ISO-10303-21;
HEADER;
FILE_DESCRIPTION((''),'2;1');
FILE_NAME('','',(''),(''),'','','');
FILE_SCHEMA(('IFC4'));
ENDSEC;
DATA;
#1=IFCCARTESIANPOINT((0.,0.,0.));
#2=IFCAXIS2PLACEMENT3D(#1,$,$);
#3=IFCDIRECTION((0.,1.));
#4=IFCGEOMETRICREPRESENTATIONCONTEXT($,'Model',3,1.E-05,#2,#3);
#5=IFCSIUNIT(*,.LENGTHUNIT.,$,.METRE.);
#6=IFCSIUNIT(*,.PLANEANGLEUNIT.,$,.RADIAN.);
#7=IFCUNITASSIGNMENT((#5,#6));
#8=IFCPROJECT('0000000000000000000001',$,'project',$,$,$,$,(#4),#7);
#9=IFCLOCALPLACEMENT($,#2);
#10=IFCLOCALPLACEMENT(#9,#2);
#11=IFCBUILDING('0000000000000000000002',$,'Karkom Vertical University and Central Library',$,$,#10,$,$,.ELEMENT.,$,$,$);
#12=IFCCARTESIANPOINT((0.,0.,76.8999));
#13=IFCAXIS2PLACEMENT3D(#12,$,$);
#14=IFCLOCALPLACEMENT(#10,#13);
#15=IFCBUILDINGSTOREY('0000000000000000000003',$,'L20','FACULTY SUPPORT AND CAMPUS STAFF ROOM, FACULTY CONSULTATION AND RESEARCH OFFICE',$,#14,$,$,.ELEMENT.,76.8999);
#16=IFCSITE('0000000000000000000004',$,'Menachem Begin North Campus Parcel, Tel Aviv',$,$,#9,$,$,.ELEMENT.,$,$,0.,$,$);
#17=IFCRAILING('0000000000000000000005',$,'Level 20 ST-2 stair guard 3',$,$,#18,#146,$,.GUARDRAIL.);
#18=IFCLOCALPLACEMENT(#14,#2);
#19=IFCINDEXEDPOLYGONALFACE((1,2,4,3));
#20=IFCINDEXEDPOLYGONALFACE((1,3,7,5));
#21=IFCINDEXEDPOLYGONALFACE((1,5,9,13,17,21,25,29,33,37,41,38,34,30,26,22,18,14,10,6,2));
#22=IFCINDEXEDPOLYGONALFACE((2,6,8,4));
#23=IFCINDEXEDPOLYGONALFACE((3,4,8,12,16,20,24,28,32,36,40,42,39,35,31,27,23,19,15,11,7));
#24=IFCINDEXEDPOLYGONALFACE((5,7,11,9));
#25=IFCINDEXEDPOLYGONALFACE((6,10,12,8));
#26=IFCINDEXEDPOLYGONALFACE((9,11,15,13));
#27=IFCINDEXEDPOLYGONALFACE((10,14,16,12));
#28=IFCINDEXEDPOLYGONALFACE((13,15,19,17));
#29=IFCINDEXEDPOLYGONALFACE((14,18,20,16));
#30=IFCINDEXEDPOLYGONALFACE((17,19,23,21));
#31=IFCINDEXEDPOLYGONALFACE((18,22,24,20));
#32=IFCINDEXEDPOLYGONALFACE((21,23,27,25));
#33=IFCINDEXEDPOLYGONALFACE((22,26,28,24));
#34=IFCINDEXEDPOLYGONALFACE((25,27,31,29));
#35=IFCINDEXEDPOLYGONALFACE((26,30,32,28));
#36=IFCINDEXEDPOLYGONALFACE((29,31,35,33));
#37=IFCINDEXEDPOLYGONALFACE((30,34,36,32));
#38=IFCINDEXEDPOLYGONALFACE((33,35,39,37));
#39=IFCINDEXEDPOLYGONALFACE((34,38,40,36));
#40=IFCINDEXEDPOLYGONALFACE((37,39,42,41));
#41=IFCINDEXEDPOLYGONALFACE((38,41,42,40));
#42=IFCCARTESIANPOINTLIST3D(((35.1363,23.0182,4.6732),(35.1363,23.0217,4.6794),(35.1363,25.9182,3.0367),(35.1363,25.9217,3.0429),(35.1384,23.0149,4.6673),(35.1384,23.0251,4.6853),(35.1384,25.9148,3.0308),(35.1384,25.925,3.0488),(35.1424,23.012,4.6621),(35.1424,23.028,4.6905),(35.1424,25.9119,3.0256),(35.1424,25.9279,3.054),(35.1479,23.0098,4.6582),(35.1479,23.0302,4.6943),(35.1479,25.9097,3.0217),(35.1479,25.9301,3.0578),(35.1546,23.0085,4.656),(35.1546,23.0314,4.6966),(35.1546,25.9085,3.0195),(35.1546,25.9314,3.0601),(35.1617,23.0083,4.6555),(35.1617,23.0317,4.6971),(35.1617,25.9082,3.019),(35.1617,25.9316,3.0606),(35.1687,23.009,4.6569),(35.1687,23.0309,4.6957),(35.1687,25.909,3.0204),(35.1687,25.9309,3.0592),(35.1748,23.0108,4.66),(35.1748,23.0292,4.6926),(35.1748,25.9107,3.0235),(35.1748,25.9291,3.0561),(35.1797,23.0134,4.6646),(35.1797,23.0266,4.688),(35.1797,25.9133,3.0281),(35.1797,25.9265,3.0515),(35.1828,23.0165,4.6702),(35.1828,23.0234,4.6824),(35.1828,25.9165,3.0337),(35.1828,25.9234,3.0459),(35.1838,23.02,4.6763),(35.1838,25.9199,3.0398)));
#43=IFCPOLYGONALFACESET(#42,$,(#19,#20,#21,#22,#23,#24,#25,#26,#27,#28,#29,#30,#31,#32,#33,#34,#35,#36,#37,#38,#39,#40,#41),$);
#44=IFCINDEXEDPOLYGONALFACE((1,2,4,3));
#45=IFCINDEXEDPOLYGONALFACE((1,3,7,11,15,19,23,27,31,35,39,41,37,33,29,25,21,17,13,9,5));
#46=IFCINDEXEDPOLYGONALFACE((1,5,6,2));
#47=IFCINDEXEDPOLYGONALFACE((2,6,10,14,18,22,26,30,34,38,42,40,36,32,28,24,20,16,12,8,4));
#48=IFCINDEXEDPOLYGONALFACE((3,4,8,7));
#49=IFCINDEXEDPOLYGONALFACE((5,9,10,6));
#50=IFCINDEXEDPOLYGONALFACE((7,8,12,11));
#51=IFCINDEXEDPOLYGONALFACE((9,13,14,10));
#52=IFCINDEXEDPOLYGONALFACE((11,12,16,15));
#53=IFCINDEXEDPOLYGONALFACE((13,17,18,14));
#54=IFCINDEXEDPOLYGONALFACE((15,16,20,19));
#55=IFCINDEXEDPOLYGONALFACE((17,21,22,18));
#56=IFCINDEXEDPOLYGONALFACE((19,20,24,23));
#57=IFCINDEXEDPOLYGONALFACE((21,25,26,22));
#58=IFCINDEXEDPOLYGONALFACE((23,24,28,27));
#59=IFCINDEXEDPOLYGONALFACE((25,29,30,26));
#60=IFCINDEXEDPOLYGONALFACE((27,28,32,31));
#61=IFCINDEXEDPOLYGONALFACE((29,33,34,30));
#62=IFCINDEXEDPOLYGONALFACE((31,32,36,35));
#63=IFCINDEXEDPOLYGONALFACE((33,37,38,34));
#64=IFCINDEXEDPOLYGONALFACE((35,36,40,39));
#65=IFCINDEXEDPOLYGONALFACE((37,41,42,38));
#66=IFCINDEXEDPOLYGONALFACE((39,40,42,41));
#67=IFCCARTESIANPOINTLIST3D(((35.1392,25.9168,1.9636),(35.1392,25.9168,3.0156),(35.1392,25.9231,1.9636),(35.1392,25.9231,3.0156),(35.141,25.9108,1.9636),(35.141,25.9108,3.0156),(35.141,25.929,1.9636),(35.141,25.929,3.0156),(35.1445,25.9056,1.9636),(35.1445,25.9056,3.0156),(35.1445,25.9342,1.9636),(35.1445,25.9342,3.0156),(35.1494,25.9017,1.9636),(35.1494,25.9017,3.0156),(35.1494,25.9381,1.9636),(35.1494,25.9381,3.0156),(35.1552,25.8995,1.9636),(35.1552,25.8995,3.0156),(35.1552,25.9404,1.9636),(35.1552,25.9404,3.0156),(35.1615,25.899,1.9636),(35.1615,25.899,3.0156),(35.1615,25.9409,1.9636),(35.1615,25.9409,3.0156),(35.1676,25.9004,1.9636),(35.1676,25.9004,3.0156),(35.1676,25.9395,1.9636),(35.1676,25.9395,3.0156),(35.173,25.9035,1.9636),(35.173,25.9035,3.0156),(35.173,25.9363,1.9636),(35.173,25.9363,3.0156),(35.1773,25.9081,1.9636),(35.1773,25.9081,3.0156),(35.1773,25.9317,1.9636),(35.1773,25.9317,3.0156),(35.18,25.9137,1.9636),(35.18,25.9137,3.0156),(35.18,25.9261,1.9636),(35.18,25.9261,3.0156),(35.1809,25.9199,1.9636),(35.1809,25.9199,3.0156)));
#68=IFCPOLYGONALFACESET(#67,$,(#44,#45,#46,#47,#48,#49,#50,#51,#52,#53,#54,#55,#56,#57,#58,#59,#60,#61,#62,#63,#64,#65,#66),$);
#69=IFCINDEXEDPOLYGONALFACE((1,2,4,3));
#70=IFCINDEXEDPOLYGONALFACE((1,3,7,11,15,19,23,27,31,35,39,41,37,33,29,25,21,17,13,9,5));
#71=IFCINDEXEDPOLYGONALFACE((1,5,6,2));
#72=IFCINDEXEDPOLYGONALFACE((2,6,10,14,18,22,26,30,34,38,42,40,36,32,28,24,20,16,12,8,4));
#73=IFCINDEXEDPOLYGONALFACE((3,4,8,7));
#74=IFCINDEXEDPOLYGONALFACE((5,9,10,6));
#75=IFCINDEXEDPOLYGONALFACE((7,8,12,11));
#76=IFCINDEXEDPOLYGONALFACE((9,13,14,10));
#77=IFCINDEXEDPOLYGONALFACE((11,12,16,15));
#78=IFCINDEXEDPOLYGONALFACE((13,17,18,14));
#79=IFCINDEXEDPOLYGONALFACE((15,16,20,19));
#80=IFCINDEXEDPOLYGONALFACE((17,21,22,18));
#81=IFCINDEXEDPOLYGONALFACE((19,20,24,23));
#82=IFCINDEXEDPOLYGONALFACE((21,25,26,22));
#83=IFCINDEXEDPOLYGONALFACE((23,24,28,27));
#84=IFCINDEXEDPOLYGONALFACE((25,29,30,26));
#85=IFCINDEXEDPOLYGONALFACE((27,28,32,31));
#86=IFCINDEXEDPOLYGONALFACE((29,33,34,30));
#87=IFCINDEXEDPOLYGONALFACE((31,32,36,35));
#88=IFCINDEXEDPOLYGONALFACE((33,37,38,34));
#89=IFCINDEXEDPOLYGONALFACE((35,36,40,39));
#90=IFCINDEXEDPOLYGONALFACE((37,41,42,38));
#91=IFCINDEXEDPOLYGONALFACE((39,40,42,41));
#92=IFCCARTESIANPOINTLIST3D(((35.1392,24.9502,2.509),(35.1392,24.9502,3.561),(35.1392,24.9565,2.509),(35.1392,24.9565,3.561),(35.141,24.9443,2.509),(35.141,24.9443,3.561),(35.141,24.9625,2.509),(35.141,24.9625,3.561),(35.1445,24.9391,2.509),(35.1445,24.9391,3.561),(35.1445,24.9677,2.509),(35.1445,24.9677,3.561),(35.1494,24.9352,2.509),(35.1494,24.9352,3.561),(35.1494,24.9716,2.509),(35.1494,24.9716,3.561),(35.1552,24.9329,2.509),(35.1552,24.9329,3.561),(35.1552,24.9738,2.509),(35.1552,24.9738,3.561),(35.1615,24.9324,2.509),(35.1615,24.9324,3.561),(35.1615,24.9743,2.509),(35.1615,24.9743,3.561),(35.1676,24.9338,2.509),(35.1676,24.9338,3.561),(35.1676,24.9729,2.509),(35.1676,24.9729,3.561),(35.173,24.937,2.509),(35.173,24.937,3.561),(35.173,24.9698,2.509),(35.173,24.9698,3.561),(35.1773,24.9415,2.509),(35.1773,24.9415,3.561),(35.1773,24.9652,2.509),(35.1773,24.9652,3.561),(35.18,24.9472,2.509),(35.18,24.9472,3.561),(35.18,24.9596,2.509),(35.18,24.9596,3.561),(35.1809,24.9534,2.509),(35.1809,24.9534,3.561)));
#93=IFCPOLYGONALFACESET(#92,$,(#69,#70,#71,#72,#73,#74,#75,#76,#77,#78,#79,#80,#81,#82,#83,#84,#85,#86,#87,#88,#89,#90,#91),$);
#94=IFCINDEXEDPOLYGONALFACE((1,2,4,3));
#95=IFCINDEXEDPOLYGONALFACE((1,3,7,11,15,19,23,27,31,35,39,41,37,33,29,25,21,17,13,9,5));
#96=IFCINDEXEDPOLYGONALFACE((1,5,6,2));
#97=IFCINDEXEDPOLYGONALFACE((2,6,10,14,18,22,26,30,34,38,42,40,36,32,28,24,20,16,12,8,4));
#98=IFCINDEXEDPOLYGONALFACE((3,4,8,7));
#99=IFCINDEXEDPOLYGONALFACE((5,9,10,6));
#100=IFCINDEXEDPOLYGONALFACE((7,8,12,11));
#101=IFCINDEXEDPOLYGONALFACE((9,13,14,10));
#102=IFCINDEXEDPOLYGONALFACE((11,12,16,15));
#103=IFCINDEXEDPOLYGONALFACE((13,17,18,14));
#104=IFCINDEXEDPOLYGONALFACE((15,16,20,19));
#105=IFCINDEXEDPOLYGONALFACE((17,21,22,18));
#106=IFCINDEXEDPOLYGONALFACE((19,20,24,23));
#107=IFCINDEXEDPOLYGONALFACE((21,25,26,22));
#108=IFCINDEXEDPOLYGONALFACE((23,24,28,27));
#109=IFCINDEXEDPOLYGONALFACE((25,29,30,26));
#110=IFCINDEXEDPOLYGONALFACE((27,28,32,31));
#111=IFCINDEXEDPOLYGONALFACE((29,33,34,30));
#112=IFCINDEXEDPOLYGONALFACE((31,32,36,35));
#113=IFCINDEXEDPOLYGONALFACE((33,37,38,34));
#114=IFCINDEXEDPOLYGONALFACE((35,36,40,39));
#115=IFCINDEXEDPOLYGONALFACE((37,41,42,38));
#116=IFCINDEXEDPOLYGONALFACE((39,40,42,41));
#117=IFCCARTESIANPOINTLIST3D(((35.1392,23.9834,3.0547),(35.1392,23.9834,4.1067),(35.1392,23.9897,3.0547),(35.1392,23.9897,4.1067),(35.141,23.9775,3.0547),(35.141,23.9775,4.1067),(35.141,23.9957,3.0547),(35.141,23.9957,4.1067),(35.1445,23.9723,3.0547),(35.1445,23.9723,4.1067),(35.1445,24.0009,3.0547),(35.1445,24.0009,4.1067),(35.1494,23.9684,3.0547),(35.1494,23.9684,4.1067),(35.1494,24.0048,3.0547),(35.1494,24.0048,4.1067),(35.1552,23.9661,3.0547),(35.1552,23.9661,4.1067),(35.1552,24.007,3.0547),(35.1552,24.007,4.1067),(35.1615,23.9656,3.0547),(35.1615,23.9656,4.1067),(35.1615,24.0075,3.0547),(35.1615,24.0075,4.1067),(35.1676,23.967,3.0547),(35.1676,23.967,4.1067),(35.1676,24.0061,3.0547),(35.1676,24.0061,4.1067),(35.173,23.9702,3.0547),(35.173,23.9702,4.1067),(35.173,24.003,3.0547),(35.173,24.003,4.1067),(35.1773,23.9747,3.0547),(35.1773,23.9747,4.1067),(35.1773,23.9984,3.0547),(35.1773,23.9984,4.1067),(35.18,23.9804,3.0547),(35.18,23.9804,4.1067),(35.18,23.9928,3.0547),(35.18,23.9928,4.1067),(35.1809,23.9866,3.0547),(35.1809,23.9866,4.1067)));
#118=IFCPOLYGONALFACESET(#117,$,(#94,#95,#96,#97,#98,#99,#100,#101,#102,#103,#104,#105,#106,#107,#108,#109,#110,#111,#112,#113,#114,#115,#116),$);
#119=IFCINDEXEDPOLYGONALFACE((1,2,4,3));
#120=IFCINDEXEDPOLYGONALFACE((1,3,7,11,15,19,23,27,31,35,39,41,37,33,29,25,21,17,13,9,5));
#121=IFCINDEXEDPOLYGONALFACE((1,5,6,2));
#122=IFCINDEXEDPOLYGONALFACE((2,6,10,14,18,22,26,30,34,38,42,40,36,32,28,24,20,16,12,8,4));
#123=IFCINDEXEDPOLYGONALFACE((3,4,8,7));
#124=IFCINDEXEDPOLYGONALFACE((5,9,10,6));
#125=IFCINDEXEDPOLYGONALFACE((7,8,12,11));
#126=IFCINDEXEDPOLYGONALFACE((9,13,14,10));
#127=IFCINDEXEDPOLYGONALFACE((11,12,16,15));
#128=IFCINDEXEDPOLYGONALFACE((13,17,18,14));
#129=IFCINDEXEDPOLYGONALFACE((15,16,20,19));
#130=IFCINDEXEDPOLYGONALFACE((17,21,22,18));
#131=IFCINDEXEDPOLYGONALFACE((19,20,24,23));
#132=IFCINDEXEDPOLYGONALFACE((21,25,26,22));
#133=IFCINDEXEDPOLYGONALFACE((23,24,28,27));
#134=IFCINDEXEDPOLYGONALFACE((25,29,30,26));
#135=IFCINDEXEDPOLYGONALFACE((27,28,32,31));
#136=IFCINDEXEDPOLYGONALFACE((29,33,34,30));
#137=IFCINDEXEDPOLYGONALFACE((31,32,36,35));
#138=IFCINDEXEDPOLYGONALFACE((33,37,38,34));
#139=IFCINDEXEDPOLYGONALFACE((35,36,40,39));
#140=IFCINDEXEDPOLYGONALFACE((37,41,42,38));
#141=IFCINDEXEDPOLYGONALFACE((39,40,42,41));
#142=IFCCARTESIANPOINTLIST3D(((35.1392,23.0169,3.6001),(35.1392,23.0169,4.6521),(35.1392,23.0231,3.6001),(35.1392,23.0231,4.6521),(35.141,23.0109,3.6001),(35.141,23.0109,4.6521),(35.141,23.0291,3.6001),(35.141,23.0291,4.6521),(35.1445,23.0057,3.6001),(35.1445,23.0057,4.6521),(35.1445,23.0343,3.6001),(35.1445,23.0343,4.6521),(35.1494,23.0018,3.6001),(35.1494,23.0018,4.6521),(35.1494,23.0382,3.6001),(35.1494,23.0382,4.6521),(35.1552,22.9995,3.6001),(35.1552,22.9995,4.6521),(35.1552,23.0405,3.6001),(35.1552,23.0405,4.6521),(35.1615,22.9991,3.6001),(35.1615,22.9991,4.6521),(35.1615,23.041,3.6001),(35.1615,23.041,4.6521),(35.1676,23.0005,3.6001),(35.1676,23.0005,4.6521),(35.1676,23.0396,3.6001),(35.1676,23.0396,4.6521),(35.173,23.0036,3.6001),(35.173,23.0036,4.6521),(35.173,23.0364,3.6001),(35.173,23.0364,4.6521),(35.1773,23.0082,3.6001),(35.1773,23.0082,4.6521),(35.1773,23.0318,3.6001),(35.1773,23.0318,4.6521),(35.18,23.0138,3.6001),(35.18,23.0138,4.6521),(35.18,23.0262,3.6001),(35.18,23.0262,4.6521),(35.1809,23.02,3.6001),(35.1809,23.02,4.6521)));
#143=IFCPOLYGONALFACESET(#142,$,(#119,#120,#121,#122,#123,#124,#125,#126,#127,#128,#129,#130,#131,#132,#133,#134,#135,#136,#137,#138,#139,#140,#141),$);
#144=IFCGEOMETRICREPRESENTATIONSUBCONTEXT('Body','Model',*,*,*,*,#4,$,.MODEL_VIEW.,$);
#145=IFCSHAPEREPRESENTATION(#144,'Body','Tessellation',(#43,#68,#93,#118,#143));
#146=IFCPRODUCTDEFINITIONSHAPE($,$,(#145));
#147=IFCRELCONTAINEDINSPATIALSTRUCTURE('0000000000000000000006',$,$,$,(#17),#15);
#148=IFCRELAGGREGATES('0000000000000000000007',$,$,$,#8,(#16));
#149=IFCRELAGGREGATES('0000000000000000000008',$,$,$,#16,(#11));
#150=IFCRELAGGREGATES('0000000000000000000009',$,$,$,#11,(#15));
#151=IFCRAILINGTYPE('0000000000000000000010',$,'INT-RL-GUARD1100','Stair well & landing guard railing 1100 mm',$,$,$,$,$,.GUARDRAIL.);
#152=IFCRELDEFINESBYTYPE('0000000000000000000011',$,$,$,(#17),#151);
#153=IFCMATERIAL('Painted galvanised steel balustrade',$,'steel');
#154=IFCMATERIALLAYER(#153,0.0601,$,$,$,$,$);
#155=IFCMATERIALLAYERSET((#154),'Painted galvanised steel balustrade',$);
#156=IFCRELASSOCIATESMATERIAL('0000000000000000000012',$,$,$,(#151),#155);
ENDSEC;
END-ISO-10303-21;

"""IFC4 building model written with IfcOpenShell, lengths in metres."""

from ifc_helpers import new_model, si_unit, direction, frame, origin, origin_2d, place, context, subcontext, project, spatial, circle, extrude, material, layer, layer_set, type_object, element, save


model = new_model("IFC4")

# Units and contexts
model_context = context("Model", 3, precision=1e-05, world=origin(), true_north=direction((0.0, 1.0)))
body_context = subcontext(model_context, "Body", "Model", "MODEL_VIEW")
ifc_project = project(units=[si_unit("LENGTHUNIT", "METRE"), si_unit("PLANEANGLEUNIT", "RADIAN")], contexts=[model_context])

# Site, building, storey
site_placement = place(None, origin())
site = spatial("IfcSite", under=ifc_project, at=site_placement, Name="Menachem Begin North Campus Parcel, Tel Aviv", CompositionType="ELEMENT", RefElevation=0.0)
building_placement = place(site_placement, origin())
building = spatial("IfcBuilding", under=site, at=building_placement, Name="Karkom Vertical University and Central Library", CompositionType="ELEMENT")
storey_placement = place(building_placement, frame((0.0, 0.0, 76.8999)))
storey = spatial("IfcBuildingStorey", under=building, at=storey_placement, Name="L20", Description="FACULTY SUPPORT AND CAMPUS STAFF ROOM, FACULTY CONSULTATION AND RESEARCH OFFICE", CompositionType="ELEMENT", Elevation=76.8999)

# Railing
ifc_material_1 = material(Name="Painted galvanised steel balustrade", Category="steel")
ifc_layer_1 = layer(ifc_material_1, 0.0601)
ifc_layer_set_1 = layer_set([ifc_layer_1], Name="Painted galvanised steel balustrade")
railing_type = type_object("IfcRailingType", Name="INT-RL-GUARD1100", Description="Stair well & landing guard railing 1100 mm", PredefinedType="GUARDRAIL", material=ifc_layer_set_1)
railing_1_placement = place(storey_placement, frame((35.1599, 25.9199, 1.9636)))
element("IfcRailing", 1, at=railing_1_placement, inside=storey, type_object=railing_type, Name="Level 20 ST-2 stair guard 3", PredefinedType="GUARDRAIL", context=body_context, shape_type="SweptSolid", body=[
    extrude(circle(Radius=0.0239, at=origin_2d()), frame((0.0, 0.0, 1.0762), z_axis=(0.0, -0.870897, 0.491465), x_axis=(1.0, 0.0, 0.0)), (0.0, 0.0, 1.0), 3.3298),
    extrude(circle(Radius=0.021, at=origin_2d()), origin(), (0.0, 0.0, 1.0), 1.052),
    extrude(circle(Radius=0.021, at=origin_2d()), frame((0.0, -0.9666, 0.5454)), (0.0, 0.0, 1.0), 1.052),
    extrude(circle(Radius=0.021, at=origin_2d()), frame((0.0, -1.9333, 1.0911)), (0.0, 0.0, 1.0), 1.052),
    extrude(circle(Radius=0.021, at=origin_2d()), frame((0.0, -2.8999, 1.6365)), (0.0, 0.0, 1.0), 1.052),
])

save(model, "model.ifc")
